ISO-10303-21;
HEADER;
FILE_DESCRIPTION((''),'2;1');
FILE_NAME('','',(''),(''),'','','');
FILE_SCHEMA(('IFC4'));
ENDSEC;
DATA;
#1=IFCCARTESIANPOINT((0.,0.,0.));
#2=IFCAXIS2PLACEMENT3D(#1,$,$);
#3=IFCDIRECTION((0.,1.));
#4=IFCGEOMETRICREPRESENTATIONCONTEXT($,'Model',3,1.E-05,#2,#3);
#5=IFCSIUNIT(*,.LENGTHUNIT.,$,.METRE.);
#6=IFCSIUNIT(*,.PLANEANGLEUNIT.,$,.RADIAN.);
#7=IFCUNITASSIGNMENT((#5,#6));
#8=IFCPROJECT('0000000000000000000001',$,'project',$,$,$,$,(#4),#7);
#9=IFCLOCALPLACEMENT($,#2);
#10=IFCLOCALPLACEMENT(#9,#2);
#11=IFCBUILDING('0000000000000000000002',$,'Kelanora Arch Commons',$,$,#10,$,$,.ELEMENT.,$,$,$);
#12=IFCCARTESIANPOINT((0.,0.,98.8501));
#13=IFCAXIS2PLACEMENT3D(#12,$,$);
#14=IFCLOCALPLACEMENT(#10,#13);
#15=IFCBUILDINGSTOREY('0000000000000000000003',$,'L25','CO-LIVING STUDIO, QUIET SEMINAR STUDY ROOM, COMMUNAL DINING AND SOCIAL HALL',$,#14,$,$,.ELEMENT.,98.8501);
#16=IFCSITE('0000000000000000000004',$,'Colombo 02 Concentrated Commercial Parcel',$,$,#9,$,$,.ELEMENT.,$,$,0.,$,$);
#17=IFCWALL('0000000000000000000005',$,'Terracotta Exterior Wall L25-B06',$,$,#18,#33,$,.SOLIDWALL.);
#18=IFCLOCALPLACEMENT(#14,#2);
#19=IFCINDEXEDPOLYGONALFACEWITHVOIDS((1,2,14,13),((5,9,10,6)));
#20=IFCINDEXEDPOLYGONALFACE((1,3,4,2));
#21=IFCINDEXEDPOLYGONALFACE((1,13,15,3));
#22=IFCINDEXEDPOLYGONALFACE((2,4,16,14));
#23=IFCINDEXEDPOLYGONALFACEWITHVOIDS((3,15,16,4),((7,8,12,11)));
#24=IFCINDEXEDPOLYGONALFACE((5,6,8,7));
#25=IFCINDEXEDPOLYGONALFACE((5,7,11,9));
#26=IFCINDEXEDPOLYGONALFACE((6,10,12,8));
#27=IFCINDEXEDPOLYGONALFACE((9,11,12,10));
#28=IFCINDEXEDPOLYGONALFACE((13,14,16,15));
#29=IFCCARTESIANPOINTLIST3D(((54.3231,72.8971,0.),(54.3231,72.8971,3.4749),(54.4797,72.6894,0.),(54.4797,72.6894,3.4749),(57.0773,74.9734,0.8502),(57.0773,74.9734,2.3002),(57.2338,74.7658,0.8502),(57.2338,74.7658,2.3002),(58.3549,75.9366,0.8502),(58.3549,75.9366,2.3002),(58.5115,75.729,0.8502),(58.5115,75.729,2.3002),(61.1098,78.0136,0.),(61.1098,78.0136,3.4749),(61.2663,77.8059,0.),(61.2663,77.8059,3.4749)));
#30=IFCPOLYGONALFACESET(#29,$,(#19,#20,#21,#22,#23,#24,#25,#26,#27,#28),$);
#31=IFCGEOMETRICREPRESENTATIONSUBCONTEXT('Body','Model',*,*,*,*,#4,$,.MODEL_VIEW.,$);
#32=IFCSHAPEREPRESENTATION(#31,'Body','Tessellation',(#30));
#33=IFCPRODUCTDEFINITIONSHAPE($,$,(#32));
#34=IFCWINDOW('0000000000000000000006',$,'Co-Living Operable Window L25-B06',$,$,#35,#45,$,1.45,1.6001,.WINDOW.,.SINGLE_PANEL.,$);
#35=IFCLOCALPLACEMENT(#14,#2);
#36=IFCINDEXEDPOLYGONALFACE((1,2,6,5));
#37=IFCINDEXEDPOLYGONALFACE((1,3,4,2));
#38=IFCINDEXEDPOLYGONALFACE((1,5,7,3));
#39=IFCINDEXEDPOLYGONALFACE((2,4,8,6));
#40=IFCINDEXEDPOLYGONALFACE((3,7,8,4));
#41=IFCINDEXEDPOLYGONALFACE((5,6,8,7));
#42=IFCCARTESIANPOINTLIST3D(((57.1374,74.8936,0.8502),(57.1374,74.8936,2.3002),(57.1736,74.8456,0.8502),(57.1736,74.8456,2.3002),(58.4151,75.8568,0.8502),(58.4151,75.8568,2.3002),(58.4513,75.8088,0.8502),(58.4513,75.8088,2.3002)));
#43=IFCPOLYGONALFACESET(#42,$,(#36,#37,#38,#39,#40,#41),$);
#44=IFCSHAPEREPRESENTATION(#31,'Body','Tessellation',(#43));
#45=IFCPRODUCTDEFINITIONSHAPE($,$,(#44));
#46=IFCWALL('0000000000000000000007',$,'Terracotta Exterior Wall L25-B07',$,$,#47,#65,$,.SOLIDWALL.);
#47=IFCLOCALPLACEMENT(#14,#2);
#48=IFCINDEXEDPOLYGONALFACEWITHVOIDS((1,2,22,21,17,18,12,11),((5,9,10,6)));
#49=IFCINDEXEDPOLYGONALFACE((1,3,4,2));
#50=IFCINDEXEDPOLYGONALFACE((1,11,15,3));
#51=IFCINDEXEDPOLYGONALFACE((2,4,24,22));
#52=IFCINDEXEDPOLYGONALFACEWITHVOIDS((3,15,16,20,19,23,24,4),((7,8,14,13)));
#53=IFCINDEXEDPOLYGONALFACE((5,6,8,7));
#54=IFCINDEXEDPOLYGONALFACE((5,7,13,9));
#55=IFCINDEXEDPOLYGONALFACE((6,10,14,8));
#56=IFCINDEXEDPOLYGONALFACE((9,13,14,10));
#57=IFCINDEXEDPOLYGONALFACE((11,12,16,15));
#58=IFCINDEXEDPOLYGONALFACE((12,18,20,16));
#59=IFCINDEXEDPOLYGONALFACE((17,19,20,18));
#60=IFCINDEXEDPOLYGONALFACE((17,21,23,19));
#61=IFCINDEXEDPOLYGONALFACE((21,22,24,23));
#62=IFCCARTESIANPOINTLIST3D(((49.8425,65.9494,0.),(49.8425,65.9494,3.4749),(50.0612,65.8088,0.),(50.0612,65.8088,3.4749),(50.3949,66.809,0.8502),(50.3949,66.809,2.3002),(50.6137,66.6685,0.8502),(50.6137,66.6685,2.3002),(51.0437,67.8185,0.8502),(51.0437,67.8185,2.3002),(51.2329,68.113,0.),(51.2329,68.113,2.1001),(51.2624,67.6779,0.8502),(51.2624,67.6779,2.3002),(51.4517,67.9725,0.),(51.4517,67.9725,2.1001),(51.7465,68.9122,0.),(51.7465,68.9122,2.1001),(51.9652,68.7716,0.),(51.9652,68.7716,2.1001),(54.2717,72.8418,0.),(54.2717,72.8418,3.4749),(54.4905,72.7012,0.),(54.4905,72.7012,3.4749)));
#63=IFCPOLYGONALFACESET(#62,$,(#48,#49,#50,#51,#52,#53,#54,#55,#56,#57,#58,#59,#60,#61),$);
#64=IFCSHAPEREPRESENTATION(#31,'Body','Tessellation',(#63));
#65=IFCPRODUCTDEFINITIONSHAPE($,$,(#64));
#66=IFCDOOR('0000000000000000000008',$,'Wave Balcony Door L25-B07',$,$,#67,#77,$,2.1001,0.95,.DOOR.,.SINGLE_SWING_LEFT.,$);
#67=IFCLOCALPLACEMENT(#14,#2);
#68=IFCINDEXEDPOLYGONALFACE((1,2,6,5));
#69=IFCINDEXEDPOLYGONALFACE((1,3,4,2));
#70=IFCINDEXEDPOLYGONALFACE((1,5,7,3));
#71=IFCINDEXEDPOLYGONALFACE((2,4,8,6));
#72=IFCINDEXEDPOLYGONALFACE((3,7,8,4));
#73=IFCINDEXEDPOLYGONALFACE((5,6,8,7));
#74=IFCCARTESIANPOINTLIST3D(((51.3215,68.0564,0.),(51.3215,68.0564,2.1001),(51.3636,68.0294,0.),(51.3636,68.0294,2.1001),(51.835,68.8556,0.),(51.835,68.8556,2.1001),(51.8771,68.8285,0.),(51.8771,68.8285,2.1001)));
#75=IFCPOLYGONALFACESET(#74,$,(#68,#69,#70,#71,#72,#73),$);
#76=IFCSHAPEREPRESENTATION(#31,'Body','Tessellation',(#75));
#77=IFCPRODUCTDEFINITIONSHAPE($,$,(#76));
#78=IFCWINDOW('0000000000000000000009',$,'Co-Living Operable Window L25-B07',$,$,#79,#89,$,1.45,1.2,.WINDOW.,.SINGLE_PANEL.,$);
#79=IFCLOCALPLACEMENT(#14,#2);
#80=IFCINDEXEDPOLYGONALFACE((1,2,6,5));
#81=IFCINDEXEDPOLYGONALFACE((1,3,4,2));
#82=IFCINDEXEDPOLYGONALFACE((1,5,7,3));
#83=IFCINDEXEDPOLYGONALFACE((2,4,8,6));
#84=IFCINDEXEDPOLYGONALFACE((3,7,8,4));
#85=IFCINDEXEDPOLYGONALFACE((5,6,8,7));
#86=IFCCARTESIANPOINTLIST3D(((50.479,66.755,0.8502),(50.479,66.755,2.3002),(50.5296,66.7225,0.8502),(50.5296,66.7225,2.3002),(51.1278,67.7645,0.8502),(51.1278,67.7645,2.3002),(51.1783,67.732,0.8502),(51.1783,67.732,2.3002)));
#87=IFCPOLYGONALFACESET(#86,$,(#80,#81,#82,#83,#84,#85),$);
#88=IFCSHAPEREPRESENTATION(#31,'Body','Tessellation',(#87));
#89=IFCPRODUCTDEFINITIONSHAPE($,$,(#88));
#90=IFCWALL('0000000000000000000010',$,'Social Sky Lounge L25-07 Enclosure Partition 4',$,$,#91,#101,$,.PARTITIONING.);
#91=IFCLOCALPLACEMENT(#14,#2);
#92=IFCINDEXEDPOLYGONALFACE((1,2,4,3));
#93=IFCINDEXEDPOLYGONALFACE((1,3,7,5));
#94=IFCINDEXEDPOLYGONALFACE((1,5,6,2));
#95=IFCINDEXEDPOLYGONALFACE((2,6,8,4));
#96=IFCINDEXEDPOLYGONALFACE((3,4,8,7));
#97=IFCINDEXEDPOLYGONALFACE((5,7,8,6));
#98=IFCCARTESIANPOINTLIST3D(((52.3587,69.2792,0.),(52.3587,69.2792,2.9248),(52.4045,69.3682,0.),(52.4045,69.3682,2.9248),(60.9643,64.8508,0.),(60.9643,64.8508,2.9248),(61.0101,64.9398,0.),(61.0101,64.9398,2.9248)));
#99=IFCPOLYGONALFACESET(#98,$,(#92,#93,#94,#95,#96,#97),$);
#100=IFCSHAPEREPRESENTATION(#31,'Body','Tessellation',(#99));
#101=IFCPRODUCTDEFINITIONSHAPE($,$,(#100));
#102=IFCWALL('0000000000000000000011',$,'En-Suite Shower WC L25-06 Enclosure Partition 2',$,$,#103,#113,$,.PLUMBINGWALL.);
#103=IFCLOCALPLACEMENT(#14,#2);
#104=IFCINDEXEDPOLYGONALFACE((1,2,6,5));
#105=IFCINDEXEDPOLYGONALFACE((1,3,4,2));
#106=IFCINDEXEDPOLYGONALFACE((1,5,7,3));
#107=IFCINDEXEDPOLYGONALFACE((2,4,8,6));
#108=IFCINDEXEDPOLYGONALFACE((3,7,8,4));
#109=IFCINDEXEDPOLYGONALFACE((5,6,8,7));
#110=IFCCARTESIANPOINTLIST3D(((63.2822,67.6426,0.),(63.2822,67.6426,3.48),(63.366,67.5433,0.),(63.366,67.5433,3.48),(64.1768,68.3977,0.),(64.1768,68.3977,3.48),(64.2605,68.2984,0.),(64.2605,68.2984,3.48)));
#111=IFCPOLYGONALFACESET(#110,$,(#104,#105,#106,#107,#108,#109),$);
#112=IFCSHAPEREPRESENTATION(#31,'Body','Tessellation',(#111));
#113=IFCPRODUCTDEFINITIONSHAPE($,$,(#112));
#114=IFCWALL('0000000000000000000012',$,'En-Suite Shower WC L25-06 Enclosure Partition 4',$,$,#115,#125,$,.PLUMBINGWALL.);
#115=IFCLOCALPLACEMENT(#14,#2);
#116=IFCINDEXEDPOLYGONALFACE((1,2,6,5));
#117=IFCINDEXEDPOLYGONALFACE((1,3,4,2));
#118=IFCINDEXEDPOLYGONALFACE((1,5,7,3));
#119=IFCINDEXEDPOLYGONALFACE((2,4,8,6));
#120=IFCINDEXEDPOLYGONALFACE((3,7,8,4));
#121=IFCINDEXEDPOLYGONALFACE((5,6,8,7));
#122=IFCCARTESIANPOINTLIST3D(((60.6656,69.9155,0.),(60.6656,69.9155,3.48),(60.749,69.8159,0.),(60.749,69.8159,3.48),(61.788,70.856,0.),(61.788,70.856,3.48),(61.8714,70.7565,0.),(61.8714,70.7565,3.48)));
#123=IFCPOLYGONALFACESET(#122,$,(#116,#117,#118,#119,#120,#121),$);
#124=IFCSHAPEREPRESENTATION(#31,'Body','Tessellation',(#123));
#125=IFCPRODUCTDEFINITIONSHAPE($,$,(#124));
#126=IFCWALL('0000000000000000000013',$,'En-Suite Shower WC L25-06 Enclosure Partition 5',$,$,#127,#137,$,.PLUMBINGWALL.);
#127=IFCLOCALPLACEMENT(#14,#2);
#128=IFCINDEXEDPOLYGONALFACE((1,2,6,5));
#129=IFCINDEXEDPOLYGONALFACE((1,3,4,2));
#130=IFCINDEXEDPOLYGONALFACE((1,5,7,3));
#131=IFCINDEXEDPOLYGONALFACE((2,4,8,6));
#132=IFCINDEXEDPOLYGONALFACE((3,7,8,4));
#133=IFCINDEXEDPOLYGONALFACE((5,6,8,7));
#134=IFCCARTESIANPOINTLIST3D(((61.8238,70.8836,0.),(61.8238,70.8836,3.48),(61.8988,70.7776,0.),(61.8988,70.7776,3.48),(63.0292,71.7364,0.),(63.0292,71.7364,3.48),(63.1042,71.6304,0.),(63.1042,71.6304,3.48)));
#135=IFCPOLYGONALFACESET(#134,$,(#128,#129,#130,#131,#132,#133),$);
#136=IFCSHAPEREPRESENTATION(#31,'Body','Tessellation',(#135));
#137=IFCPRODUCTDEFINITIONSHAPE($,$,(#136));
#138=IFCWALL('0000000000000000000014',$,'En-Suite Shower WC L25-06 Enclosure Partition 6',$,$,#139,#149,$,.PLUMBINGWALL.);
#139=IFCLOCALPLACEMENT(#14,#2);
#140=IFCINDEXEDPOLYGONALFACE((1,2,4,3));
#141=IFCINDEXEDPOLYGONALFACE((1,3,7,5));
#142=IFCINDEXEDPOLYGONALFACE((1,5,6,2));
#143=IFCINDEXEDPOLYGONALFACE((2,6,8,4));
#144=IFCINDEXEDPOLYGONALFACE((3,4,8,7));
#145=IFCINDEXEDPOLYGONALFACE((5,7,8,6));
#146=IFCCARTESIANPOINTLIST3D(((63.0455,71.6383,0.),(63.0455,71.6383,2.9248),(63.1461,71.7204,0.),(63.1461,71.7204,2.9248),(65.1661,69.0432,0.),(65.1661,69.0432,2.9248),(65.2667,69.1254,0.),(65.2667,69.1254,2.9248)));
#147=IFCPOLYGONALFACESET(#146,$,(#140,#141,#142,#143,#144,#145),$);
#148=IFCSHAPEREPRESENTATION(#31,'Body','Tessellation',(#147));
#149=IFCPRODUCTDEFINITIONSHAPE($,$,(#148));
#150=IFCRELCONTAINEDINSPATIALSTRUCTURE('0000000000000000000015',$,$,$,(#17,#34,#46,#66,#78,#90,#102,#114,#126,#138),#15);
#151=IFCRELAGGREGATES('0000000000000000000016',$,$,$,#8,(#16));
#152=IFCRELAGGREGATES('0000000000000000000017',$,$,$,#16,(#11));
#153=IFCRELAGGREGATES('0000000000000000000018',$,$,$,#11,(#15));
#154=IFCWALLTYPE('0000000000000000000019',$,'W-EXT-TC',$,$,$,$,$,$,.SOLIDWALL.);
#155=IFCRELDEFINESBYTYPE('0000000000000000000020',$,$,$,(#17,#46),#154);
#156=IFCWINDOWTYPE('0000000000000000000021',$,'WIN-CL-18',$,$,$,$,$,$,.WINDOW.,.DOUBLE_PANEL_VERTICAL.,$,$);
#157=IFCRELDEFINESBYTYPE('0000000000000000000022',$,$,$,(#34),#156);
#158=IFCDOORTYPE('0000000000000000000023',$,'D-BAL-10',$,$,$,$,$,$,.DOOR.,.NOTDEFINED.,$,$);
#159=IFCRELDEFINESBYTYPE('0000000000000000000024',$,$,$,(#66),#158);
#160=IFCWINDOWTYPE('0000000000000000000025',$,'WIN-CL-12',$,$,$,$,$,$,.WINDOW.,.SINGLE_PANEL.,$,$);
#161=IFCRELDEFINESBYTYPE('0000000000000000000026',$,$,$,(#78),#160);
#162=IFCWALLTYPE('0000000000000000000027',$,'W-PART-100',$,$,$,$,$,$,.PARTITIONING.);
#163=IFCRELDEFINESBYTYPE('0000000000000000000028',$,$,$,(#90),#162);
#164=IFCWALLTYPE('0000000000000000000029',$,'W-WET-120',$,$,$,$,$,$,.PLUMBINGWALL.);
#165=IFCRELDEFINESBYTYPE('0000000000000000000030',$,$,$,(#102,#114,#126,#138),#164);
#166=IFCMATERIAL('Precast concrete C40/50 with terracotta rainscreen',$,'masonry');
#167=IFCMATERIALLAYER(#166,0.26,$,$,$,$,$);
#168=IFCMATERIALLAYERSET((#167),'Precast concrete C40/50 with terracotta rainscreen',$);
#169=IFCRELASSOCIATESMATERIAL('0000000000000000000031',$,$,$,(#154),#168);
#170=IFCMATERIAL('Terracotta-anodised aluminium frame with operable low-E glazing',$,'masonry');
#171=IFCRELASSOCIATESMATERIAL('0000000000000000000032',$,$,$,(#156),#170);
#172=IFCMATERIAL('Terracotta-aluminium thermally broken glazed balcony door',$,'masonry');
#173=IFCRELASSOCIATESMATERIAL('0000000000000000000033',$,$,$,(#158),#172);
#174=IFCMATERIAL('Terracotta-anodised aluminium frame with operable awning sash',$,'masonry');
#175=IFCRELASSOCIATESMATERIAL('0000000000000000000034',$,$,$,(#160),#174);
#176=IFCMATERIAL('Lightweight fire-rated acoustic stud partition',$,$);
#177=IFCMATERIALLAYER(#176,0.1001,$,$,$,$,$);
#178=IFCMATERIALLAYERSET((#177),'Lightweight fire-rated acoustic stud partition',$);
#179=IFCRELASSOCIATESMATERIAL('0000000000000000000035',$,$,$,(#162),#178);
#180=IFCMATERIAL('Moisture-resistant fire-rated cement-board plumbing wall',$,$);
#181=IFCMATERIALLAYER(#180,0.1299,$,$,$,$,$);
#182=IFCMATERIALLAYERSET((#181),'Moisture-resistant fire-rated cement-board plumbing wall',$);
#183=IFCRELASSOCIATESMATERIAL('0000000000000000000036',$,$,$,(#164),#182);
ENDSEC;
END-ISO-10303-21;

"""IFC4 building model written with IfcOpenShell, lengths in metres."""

from ifc_helpers import new_model, si_unit, direction, frame, frame_2d, origin, place, context, subcontext, project, spatial, rectangle, extrude, material, layer, layer_set, type_object, element, fill, save


model = new_model("IFC4")

# Units and contexts
model_context = context("Model", 3, precision=1e-05, world=origin(), true_north=direction((0.0, 1.0)))
body_context = subcontext(model_context, "Body", "Model", "MODEL_VIEW")
ifc_project = project(units=[si_unit("LENGTHUNIT", "METRE"), si_unit("PLANEANGLEUNIT", "RADIAN")], contexts=[model_context])

# Site, building, storey
site_placement = place(None, origin())
site = spatial("IfcSite", under=ifc_project, at=site_placement, Name="Colombo 02 Concentrated Commercial Parcel", CompositionType="ELEMENT", RefElevation=0.0)
building_placement = place(site_placement, origin())
building = spatial("IfcBuilding", under=site, at=building_placement, Name="Kelanora Arch Commons", CompositionType="ELEMENT")
storey_placement = place(building_placement, frame((0.0, 0.0, 98.8501)))
storey = spatial("IfcBuildingStorey", under=building, at=storey_placement, Name="L25", Description="CO-LIVING STUDIO, QUIET SEMINAR STUDY ROOM, COMMUNAL DINING AND SOCIAL HALL", CompositionType="ELEMENT", Elevation=98.8501)

# Wall, opening, window
ifc_material_1 = material(Name="Precast concrete C40/50 with terracotta rainscreen", Category="masonry")
ifc_layer_1 = layer(ifc_material_1, 0.26)
ifc_layer_set_1 = layer_set([ifc_layer_1], Name="Precast concrete C40/50 with terracotta rainscreen")
wall_type_1 = type_object("IfcWallType", Name="W-EXT-TC", PredefinedType="SOLIDWALL", material=ifc_layer_set_1)
wall_1_placement = place(storey_placement, frame((61.188, 77.9097, 0.0), z_axis=(0.0, 0.0, 1.0), x_axis=(-0.798502, -0.601993, 0.0)))
wall_1 = element("IfcWall", 1, at=wall_1_placement, inside=storey, type_object=wall_type_1, Name="Terracotta Exterior Wall L25-B06", PredefinedType="SOLIDWALL", context=body_context, shape_type="SweptSolid", body=[
    extrude(rectangle(XDim=8.4993, YDim=0.26, at=frame_2d((4.2495, 0.0))), origin(), (0.0, 0.0, 1.0), 3.4749),
])
opening_1_placement = place(wall_1_placement, frame((3.45, 0.0, 0.8501)))
opening_1 = element("IfcOpeningElement", 2, at=opening_1_placement, cuts=wall_1, PredefinedType="OPENING", context=body_context, shape_type="SweptSolid", body=[
    extrude(rectangle(XDim=1.6001, YDim=1.45, at=frame_2d((0.8, 0.7251))), frame((0.0, 0.1401, 0.0), z_axis=(0.0, -1.0, 0.0), x_axis=(1.0, 0.0, 0.0)), (0.0, 0.0, 1.0), 0.28),
])
ifc_material_2 = material(Name="Terracotta-anodised aluminium frame with operable low-E glazing", Category="masonry")
window_type_1 = type_object("IfcWindowType", Name="WIN-CL-18", PartitioningType="DOUBLE_PANEL_VERTICAL", PredefinedType="WINDOW", material=ifc_material_2)
window_1_placement = place(opening_1_placement, origin())
window_1 = element("IfcWindow", 3, at=window_1_placement, inside=storey, type_object=window_type_1, Name="Co-Living Operable Window L25-B06", OverallHeight=1.45, OverallWidth=1.6001, PartitioningType="SINGLE_PANEL", PredefinedType="WINDOW", context=body_context, shape_type="SweptSolid", body=[
    extrude(rectangle(XDim=1.6001, YDim=1.45, at=frame_2d((0.8, 0.7251))), frame((0.0, 0.03, 0.0), z_axis=(0.0, -1.0, 0.0), x_axis=(1.0, 0.0, 0.0)), (0.0, 0.0, 1.0), 0.0601),
])
fill(opening_1, window_1)

# Wall, openings, door, window
wall_2_placement = place(storey_placement, frame((54.3811, 72.7715, 0.0), z_axis=(0.0, 0.0, 1.0), x_axis=(-0.540621, -0.841267, 0.0)))
wall_2 = element("IfcWall", 4, at=wall_2_placement, inside=storey, type_object=wall_type_1, Name="Terracotta Exterior Wall L25-B07", PredefinedType="SOLIDWALL", context=body_context, shape_type="SweptSolid", body=[
    extrude(rectangle(XDim=8.1929, YDim=0.26, at=frame_2d((4.0964, 0.0))), origin(), (0.0, 0.0, 1.0), 3.4749),
])
opening_2_placement = place(wall_2_placement, frame((4.6709, 0.0, 0.0)))
opening_2 = element("IfcOpeningElement", 5, at=opening_2_placement, cuts=wall_2, PredefinedType="OPENING", context=body_context, shape_type="SweptSolid", body=[
    extrude(rectangle(XDim=0.95, YDim=2.1001, at=frame_2d((0.4751, 1.05))), frame((0.0, 0.1401, 0.0), z_axis=(0.0, -1.0, 0.0), x_axis=(1.0, 0.0, 0.0)), (0.0, 0.0, 1.0), 0.28),
])
opening_3_placement = place(wall_2_placement, frame((5.9709, 0.0, 0.8501)))
opening_3 = element("IfcOpeningElement", 6, at=opening_3_placement, cuts=wall_2, PredefinedType="OPENING", context=body_context, shape_type="SweptSolid", body=[
    extrude(rectangle(XDim=1.2, YDim=1.45, at=frame_2d((0.6001, 0.7251))), frame((0.0, 0.1401, 0.0), z_axis=(0.0, -1.0, 0.0), x_axis=(1.0, 0.0, 0.0)), (0.0, 0.0, 1.0), 0.28),
])
ifc_material_3 = material(Name="Terracotta-aluminium thermally broken glazed balcony door", Category="masonry")
door_type = type_object("IfcDoorType", Name="D-BAL-10", OperationType="NOTDEFINED", PredefinedType="DOOR", material=ifc_material_3)
door_placement = place(opening_2_placement, frame((0.95, 0.0, 0.0), z_axis=(0.0, 0.0, 1.0), x_axis=(-1.0, 0.0, 0.0)))
door = element("IfcDoor", 7, at=door_placement, inside=storey, type_object=door_type, Name="Wave Balcony Door L25-B07", OperationType="SINGLE_SWING_LEFT", OverallHeight=2.1001, OverallWidth=0.95, PredefinedType="DOOR", context=body_context, shape_type="SweptSolid", body=[
    extrude(rectangle(XDim=0.95, YDim=2.1001, at=frame_2d((0.4751, 1.05))), frame((0.0, 0.0249, 0.0), z_axis=(0.0, -1.0, 0.0), x_axis=(1.0, 0.0, 0.0)), (0.0, 0.0, 1.0), 0.05),
])
fill(opening_2, door)
ifc_material_4 = material(Name="Terracotta-anodised aluminium frame with operable awning sash", Category="masonry")
window_type_2 = type_object("IfcWindowType", Name="WIN-CL-12", PartitioningType="SINGLE_PANEL", PredefinedType="WINDOW", material=ifc_material_4)
window_2_placement = place(opening_3_placement, origin())
window_2 = element("IfcWindow", 8, at=window_2_placement, inside=storey, type_object=window_type_2, Name="Co-Living Operable Window L25-B07", OverallHeight=1.45, OverallWidth=1.2, PartitioningType="SINGLE_PANEL", PredefinedType="WINDOW", context=body_context, shape_type="SweptSolid", body=[
    extrude(rectangle(XDim=1.2, YDim=1.45, at=frame_2d((0.6001, 0.7251))), frame((0.0, 0.03, 0.0), z_axis=(0.0, -1.0, 0.0), x_axis=(1.0, 0.0, 0.0)), (0.0, 0.0, 1.0), 0.0601),
])
fill(opening_3, window_2)

# Walls
ifc_material_5 = material(Name="Lightweight fire-rated acoustic stud partition")
ifc_layer_2 = layer(ifc_material_5, 0.1001)
ifc_layer_set_2 = layer_set([ifc_layer_2], Name="Lightweight fire-rated acoustic stud partition")
wall_type_2 = type_object("IfcWallType", Name="W-PART-100", PredefinedType="PARTITIONING", material=ifc_layer_set_2)
wall_3_placement = place(storey_placement, frame((52.3816, 69.3237, 0.0), z_axis=(0.0, 0.0, 1.0), x_axis=(0.889176, -0.457566, 0.0)))
element("IfcWall", 9, at=wall_3_placement, inside=storey, type_object=wall_type_2, Name="Social Sky Lounge L25-07 Enclosure Partition 4", PredefinedType="PARTITIONING", context=body_context, shape_type="SweptSolid", body=[
    extrude(rectangle(XDim=9.6782, YDim=0.1001, at=frame_2d((4.8391, 0.0))), origin(), (0.0, 0.0, 1.0), 2.9248),
])
ifc_material_6 = material(Name="Moisture-resistant fire-rated cement-board plumbing wall")
ifc_layer_3 = layer(ifc_material_6, 0.1299)
ifc_layer_set_3 = layer_set([ifc_layer_3], Name="Moisture-resistant fire-rated cement-board plumbing wall")
wall_type_3 = type_object("IfcWallType", Name="W-WET-120", PredefinedType="PLUMBINGWALL", material=ifc_layer_set_3)
wall_4_placement = place(storey_placement, frame((64.2188, 68.3481, 0.0), z_axis=(0.0, 0.0, 1.0), x_axis=(-0.764137, -0.645054, 0.0)))
element("IfcWall", 10, at=wall_4_placement, inside=storey, type_object=wall_type_3, Name="En-Suite Shower WC L25-06 Enclosure Partition 2", PredefinedType="PLUMBINGWALL", context=body_context, shape_type="SweptSolid", body=[
    extrude(rectangle(XDim=1.1707, YDim=0.1299, at=frame_2d((0.5854, 0.0))), origin(), (0.0, 0.0, 1.0), 3.48),
])
wall_5_placement = place(storey_placement, frame((60.7073, 69.8657, 0.0), z_axis=(0.0, 0.0, 1.0), x_axis=(0.766483, 0.642265, 0.0)))
element("IfcWall", 11, at=wall_5_placement, inside=storey, type_object=wall_type_3, Name="En-Suite Shower WC L25-06 Enclosure Partition 4", PredefinedType="PLUMBINGWALL", context=body_context, shape_type="SweptSolid", body=[
    extrude(rectangle(XDim=1.4644, YDim=0.1299, at=frame_2d((0.7322, 0.0))), origin(), (0.0, 0.0, 1.0), 3.48),
])
wall_6_placement = place(storey_placement, frame((61.8613, 70.8306, 0.0), z_axis=(0.0, 0.0, 1.0), x_axis=(0.81634, 0.577572, 0.0)))
element("IfcWall", 12, at=wall_6_placement, inside=storey, type_object=wall_type_3, Name="En-Suite Shower WC L25-06 Enclosure Partition 5", PredefinedType="PLUMBINGWALL", context=body_context, shape_type="SweptSolid", body=[
    extrude(rectangle(XDim=1.4766, YDim=0.1299, at=frame_2d((0.7383, 0.0))), origin(), (0.0, 0.0, 1.0), 3.48),
])
wall_7_placement = place(storey_placement, frame((63.0957, 71.6794, 0.0), z_axis=(0.0, 0.0, 1.0), x_axis=(0.632781, -0.77433, 0.0)))
element("IfcWall", 13, at=wall_7_placement, inside=storey, type_object=wall_type_3, Name="En-Suite Shower WC L25-06 Enclosure Partition 6", PredefinedType="PLUMBINGWALL", context=body_context, shape_type="SweptSolid", body=[
    extrude(rectangle(XDim=3.3513, YDim=0.1299, at=frame_2d((1.6758, 0.0))), origin(), (0.0, 0.0, 1.0), 2.9248),
])

save(model, "model.ifc")
